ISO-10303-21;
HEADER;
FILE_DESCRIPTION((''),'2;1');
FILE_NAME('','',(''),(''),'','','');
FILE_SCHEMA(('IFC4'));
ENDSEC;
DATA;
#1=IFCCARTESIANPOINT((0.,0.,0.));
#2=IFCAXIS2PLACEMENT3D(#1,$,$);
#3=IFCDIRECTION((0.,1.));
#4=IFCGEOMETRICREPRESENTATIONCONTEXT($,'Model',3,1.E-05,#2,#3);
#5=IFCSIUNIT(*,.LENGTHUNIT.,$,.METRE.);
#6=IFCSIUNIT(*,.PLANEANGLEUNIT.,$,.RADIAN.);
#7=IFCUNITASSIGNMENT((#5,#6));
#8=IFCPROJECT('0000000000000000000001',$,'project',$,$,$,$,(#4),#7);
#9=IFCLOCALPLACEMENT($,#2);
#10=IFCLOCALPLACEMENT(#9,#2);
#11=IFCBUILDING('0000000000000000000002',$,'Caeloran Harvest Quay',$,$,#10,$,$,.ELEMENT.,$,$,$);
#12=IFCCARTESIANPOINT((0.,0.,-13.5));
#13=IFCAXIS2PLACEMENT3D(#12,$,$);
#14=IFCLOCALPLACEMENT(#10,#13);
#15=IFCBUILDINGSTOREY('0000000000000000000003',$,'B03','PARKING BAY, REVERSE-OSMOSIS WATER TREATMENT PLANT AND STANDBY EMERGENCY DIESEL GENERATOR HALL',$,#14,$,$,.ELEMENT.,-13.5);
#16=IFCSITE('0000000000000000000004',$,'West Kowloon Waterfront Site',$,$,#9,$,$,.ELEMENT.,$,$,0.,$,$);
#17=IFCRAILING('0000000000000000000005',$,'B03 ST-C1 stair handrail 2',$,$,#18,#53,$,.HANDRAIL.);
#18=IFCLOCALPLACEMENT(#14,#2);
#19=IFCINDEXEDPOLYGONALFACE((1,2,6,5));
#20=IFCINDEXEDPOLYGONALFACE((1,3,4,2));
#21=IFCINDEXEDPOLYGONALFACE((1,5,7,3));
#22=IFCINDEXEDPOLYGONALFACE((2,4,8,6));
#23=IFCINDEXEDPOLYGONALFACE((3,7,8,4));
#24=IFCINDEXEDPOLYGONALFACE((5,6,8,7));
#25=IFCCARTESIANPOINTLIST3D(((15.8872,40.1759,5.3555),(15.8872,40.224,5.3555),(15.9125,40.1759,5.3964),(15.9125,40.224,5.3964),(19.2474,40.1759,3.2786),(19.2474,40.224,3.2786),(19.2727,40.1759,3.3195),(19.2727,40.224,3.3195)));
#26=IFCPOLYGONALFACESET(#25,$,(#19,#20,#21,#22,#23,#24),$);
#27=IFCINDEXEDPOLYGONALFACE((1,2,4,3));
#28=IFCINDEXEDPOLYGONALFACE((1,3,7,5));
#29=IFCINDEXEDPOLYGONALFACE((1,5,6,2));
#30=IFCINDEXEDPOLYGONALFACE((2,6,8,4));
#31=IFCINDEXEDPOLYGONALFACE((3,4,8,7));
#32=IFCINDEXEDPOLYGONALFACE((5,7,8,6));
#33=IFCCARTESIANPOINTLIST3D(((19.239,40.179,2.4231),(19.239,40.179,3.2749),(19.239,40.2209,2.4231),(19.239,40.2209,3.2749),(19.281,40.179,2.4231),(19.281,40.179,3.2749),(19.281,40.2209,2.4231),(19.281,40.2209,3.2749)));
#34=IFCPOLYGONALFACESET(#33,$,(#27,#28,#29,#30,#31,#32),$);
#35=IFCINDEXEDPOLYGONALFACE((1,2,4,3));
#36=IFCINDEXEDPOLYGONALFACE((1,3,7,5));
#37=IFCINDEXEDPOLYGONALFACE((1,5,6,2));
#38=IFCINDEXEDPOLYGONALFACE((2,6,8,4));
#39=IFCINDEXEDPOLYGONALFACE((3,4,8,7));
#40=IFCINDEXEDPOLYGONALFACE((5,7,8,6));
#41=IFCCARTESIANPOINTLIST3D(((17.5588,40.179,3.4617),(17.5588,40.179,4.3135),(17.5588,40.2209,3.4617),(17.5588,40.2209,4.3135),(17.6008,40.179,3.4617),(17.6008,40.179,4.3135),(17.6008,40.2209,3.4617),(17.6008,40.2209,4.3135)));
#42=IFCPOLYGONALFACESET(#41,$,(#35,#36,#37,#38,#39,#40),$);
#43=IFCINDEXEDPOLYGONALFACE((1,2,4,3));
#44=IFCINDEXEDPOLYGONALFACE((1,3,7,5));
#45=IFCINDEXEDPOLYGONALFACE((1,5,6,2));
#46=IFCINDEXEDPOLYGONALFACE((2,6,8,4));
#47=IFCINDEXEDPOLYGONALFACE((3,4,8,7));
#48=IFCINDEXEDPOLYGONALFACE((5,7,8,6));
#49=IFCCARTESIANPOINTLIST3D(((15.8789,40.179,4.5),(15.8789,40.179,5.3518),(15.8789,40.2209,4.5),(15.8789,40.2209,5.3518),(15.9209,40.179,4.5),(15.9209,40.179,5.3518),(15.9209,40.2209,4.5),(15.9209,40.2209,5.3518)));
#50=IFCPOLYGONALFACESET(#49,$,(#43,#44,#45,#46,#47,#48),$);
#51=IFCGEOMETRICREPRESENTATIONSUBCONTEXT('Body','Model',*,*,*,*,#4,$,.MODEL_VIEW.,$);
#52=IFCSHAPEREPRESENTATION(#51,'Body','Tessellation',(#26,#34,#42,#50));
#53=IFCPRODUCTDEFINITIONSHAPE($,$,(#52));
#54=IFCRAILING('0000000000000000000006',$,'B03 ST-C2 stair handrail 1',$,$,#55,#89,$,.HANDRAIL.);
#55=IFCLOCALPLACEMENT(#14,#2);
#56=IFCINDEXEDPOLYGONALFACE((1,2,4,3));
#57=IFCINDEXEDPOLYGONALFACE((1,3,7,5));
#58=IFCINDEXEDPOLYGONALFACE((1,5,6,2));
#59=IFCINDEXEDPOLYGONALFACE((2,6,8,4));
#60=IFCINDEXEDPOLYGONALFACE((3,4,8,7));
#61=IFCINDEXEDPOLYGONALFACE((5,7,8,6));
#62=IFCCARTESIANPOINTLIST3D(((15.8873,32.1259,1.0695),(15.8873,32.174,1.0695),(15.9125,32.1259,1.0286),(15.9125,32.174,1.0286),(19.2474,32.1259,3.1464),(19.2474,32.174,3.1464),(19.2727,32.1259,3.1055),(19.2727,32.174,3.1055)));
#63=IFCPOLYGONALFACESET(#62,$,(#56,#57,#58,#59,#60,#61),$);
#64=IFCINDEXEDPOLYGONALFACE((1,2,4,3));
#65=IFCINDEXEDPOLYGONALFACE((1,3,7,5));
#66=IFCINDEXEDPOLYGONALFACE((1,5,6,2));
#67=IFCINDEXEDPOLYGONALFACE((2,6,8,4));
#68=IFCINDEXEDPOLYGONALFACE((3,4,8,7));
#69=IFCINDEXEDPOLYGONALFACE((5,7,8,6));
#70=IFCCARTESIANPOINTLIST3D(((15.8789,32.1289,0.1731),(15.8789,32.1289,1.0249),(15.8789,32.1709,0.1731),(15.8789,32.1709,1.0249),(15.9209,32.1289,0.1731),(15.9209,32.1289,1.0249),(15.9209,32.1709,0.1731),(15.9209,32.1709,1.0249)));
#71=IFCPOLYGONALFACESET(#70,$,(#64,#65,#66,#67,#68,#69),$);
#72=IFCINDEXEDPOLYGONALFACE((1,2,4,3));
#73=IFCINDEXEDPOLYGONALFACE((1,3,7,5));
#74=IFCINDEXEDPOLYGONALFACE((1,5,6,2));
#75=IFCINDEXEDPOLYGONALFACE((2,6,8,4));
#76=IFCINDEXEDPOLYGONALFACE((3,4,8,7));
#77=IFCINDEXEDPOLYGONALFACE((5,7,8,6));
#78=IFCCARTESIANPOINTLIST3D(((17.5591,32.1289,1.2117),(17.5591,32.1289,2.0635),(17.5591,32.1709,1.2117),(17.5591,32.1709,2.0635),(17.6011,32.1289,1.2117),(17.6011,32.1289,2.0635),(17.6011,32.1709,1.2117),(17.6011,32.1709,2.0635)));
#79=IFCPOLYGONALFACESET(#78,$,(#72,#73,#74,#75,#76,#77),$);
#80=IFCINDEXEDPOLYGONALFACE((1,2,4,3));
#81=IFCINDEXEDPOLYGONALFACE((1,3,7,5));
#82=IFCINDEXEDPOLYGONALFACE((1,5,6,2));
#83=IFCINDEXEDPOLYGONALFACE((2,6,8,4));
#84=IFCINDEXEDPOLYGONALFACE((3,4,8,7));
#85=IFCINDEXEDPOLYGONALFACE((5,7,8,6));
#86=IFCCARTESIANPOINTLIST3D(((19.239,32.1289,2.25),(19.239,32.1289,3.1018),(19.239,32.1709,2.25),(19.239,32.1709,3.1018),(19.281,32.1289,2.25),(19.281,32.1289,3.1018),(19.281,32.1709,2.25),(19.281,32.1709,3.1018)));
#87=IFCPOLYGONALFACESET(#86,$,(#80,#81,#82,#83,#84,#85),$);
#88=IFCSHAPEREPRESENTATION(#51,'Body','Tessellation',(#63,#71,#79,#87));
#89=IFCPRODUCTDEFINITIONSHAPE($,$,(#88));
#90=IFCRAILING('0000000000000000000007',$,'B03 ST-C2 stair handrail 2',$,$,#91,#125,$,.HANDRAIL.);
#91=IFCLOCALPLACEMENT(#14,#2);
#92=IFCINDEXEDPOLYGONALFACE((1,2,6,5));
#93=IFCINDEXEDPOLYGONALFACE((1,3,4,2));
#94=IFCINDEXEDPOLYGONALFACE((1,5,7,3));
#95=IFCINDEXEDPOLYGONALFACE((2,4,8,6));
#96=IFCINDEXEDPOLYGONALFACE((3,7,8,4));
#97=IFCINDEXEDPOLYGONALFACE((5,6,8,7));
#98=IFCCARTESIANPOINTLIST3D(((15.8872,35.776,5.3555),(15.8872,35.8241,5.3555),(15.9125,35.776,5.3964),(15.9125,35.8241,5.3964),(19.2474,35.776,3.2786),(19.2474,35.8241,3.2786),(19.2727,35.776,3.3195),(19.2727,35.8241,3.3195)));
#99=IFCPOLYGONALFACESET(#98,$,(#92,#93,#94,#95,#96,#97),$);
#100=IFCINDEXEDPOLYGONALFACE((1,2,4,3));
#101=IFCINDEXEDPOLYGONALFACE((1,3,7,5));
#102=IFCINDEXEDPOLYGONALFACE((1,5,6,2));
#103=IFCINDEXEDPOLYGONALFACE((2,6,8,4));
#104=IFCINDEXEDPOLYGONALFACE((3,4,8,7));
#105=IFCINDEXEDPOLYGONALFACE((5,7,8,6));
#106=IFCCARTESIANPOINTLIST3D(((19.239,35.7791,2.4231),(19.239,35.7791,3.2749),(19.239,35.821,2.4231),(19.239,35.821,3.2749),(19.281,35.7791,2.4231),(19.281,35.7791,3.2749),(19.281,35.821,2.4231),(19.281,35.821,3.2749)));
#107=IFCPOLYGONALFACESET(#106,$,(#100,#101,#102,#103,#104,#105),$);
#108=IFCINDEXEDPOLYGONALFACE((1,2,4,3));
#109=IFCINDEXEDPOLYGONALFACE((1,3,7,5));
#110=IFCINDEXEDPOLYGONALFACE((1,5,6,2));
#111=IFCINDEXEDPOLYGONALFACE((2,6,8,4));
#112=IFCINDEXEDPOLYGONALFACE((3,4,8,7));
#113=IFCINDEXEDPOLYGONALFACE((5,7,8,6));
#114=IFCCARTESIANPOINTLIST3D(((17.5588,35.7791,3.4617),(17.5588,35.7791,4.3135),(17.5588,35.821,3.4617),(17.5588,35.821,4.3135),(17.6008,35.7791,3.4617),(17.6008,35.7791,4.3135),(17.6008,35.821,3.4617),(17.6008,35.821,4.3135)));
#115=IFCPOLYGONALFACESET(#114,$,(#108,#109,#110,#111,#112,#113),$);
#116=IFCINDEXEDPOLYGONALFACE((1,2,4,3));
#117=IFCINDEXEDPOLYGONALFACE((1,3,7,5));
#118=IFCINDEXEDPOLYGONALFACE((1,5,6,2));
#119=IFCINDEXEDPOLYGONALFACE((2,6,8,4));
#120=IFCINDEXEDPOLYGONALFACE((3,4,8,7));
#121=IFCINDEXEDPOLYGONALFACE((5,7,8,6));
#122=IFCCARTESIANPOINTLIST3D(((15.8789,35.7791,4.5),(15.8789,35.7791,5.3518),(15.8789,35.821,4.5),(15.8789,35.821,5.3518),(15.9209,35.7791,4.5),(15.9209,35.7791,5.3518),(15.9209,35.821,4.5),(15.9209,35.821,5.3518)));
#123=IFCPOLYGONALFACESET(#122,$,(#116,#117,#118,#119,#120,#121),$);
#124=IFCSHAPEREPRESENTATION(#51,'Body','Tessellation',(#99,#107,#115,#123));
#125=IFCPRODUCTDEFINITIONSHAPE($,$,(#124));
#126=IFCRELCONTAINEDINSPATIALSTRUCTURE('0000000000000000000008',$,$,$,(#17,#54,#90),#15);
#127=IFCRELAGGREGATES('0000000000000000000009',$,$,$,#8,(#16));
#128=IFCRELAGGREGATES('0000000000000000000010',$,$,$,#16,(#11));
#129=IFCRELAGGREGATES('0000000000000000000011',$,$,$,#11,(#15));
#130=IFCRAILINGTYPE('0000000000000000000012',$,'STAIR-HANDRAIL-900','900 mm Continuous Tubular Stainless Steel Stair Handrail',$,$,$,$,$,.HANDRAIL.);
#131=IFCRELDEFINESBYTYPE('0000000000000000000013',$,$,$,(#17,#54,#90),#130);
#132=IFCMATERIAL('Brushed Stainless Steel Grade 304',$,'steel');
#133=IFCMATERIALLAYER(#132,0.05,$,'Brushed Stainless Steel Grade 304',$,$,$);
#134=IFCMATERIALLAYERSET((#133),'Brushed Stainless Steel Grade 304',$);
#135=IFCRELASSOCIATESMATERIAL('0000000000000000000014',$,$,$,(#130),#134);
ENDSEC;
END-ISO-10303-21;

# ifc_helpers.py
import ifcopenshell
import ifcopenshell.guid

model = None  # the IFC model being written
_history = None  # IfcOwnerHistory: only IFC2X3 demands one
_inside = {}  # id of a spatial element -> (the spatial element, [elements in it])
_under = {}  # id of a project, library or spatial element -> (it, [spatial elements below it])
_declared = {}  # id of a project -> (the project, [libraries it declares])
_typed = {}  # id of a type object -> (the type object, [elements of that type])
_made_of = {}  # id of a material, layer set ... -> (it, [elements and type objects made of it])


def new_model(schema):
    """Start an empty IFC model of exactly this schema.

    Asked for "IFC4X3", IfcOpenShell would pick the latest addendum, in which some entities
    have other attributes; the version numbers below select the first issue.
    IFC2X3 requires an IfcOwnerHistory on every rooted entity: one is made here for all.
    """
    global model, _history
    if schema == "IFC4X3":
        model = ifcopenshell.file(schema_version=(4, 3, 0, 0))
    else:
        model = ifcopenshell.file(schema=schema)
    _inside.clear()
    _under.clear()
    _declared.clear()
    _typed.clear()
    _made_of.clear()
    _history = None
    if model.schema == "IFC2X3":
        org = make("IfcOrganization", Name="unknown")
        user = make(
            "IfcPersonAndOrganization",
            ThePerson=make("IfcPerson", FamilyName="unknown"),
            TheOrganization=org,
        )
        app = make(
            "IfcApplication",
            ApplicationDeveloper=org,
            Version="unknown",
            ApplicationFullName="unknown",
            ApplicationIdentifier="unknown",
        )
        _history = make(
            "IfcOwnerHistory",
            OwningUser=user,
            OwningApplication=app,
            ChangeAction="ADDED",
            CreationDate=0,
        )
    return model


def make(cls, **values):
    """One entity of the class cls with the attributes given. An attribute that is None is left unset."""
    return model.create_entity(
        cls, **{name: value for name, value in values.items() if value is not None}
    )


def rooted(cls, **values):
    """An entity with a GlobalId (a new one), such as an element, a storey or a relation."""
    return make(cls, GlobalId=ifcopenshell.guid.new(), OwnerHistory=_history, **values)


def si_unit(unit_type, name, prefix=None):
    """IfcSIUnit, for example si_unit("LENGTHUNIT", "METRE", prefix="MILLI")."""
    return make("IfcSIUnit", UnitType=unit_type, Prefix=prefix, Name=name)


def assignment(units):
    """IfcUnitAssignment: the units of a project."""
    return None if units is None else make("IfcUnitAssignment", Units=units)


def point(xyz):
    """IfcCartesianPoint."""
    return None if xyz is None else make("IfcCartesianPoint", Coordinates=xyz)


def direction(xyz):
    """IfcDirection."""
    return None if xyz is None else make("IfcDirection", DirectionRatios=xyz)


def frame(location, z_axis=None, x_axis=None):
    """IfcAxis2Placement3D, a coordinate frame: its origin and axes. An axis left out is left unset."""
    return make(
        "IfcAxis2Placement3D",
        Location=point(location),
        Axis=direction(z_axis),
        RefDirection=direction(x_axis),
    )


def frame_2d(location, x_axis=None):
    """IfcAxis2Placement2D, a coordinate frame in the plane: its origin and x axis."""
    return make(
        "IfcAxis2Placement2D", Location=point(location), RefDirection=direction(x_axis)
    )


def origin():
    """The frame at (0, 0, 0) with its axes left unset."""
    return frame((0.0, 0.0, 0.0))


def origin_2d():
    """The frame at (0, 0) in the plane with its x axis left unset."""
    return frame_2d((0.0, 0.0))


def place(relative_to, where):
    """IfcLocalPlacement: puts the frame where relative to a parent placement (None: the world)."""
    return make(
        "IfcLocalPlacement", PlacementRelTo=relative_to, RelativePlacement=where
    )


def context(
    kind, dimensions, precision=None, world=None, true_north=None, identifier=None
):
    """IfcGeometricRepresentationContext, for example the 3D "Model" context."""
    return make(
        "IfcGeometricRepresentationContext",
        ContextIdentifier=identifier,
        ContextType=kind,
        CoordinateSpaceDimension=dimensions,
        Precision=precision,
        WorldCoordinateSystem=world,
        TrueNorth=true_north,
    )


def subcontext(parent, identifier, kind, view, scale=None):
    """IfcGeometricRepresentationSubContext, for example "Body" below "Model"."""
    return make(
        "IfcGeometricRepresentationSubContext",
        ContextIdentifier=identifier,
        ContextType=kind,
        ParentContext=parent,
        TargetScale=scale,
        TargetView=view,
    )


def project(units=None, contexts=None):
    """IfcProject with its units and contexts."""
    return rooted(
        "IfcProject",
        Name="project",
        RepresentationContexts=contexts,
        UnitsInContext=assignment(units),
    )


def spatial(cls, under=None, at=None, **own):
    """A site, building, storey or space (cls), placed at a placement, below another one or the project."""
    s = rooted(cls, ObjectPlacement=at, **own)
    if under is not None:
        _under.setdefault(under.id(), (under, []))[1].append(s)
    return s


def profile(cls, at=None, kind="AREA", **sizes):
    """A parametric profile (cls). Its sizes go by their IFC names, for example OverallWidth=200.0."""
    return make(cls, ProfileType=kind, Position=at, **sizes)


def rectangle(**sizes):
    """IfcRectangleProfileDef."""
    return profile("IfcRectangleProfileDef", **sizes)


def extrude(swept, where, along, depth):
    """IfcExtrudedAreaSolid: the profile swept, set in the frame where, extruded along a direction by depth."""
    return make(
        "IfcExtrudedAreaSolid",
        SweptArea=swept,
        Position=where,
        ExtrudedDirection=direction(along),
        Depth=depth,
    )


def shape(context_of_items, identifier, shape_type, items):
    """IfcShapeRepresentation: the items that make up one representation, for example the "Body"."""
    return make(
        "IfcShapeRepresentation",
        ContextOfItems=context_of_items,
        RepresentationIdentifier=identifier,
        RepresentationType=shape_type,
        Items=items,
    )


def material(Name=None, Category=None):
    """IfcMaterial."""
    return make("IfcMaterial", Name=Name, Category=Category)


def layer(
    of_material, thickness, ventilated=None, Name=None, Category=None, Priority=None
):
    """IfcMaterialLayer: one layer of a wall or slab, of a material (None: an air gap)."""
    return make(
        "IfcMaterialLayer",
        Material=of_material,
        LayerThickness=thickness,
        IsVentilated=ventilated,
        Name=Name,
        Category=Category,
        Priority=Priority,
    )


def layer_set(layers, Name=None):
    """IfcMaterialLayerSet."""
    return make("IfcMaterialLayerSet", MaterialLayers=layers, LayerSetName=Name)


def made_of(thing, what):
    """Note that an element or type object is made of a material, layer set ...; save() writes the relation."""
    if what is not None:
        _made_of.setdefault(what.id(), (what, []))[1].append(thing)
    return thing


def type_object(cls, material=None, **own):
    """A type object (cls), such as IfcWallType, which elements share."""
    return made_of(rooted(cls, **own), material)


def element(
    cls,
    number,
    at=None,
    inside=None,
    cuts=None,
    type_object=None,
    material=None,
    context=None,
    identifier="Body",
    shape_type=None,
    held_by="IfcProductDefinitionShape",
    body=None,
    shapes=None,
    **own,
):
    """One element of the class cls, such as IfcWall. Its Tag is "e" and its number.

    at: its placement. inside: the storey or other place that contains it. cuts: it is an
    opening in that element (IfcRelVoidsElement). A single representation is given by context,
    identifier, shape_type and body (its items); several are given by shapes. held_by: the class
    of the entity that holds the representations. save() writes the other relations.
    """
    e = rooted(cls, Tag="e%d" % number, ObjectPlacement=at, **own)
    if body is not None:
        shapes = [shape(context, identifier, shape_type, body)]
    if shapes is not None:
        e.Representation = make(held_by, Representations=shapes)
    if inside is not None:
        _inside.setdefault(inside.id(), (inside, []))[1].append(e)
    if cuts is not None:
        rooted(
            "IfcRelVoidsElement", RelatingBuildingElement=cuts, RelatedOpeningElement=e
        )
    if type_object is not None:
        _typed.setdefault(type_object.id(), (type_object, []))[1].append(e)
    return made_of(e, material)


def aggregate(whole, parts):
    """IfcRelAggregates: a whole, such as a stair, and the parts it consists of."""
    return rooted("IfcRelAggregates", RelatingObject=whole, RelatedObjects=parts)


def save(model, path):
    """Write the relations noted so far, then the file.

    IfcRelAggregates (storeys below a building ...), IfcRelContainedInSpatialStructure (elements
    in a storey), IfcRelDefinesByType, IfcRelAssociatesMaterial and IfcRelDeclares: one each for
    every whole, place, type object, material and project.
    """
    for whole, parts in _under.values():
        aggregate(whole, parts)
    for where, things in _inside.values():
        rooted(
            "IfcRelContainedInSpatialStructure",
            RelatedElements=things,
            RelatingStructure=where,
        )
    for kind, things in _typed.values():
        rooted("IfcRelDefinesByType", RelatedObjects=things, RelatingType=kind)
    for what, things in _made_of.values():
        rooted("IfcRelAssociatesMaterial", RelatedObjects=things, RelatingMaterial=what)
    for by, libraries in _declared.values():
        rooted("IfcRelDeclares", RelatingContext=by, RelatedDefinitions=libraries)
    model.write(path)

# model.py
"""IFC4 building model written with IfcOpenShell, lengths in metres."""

from ifc_helpers import new_model, si_unit, direction, frame, origin, origin_2d, place, context, subcontext, project, spatial, rectangle, extrude, material, layer, layer_set, type_object, element, save


model = new_model("IFC4")

# Units and contexts
model_context = context("Model", 3, precision=1e-05, world=origin(), true_north=direction((0.0, 1.0)))
body_context = subcontext(model_context, "Body", "Model", "MODEL_VIEW")
ifc_project = project(units=[si_unit("LENGTHUNIT", "METRE"), si_unit("PLANEANGLEUNIT", "RADIAN")], contexts=[model_context])

# Site, building, storey
site_placement = place(None, origin())
site = spatial("IfcSite", under=ifc_project, at=site_placement, Name="West Kowloon Waterfront Site", CompositionType="ELEMENT", RefElevation=0.0)
building_placement = place(site_placement, origin())
building = spatial("IfcBuilding", under=site, at=building_placement, Name="Caeloran Harvest Quay", CompositionType="ELEMENT")
storey_placement = place(building_placement, frame((0.0, 0.0, -13.5)))
storey = spatial("IfcBuildingStorey", under=building, at=storey_placement, Name="B03", Description="PARKING BAY, REVERSE-OSMOSIS WATER TREATMENT PLANT AND STANDBY EMERGENCY DIESEL GENERATOR HALL", CompositionType="ELEMENT", Elevation=-13.5)

# Railings
ifc_material_1 = material(Name="Brushed Stainless Steel Grade 304", Category="steel")
ifc_layer_1 = layer(ifc_material_1, 0.05, Name="Brushed Stainless Steel Grade 304")
ifc_layer_set_1 = layer_set([ifc_layer_1], Name="Brushed Stainless Steel Grade 304")
railing_type_1 = type_object("IfcRailingType", Name="STAIR-HANDRAIL-900", Description="900 mm Continuous Tubular Stainless Steel Stair Handrail", PredefinedType="HANDRAIL", material=ifc_layer_set_1)
railing_1_placement = place(storey_placement, frame((19.26, 40.2, 2.4231)))
element("IfcRailing", 1, at=railing_1_placement, inside=storey, type_object=railing_type_1, Name="B03 ST-C1 stair handrail 2", PredefinedType="HANDRAIL", context=body_context, shape_type="SweptSolid", body=[
    extrude(rectangle(XDim=0.0481, YDim=0.0481, at=origin_2d()), frame((0.0, 0.0, 0.876), z_axis=(-0.850623, 0.0, 0.525776), x_axis=(0.0, -1.0, 0.0)), (0.0, 0.0, 1.0), 3.9502),
    extrude(rectangle(XDim=0.042, YDim=0.042, at=origin_2d()), origin(), (0.0, 0.0, 1.0), 0.8518),
    extrude(rectangle(XDim=0.042, YDim=0.042, at=origin_2d()), frame((-1.6802, 0.0, 1.0386)), (0.0, 0.0, 1.0), 0.8518),
    extrude(rectangle(XDim=0.042, YDim=0.042, at=origin_2d()), frame((-3.3601, 0.0, 2.0769)), (0.0, 0.0, 1.0), 0.8518),
])
railing_2_placement = place(storey_placement, frame((15.8999, 32.1499, 0.1731)))
element("IfcRailing", 2, at=railing_2_placement, inside=storey, type_object=railing_type_1, Name="B03 ST-C2 stair handrail 1", PredefinedType="HANDRAIL", context=body_context, shape_type="SweptSolid", body=[
    extrude(rectangle(XDim=0.0481, YDim=0.0481, at=origin_2d()), frame((0.0, 0.0, 0.876), z_axis=(0.850623, 0.0, 0.525776), x_axis=(0.0, 1.0, 0.0)), (0.0, 0.0, 1.0), 3.9502),
    extrude(rectangle(XDim=0.042, YDim=0.042, at=origin_2d()), origin(), (0.0, 0.0, 1.0), 0.8518),
    extrude(rectangle(XDim=0.042, YDim=0.042, at=origin_2d()), frame((1.6802, 0.0, 1.0386)), (0.0, 0.0, 1.0), 0.8518),
    extrude(rectangle(XDim=0.042, YDim=0.042, at=origin_2d()), frame((3.3601, 0.0, 2.0769)), (0.0, 0.0, 1.0), 0.8518),
])
railing_3_placement = place(storey_placement, frame((19.26, 35.8, 2.4231)))
element("IfcRailing", 3, at=railing_3_placement, inside=storey, type_object=railing_type_1, Name="B03 ST-C2 stair handrail 2", PredefinedType="HANDRAIL", context=body_context, shape_type="SweptSolid", body=[
    extrude(rectangle(XDim=0.0481, YDim=0.0481, at=origin_2d()), frame((0.0, 0.0, 0.876), z_axis=(-0.850623, 0.0, 0.525776), x_axis=(0.0, -1.0, 0.0)), (0.0, 0.0, 1.0), 3.9502),
    extrude(rectangle(XDim=0.042, YDim=0.042, at=origin_2d()), origin(), (0.0, 0.0, 1.0), 0.8518),
    extrude(rectangle(XDim=0.042, YDim=0.042, at=origin_2d()), frame((-1.6802, 0.0, 1.0386)), (0.0, 0.0, 1.0), 0.8518),
    extrude(rectangle(XDim=0.042, YDim=0.042, at=origin_2d()), frame((-3.3601, 0.0, 2.0769)), (0.0, 0.0, 1.0), 0.8518),
])

save(model, "model.ifc")
